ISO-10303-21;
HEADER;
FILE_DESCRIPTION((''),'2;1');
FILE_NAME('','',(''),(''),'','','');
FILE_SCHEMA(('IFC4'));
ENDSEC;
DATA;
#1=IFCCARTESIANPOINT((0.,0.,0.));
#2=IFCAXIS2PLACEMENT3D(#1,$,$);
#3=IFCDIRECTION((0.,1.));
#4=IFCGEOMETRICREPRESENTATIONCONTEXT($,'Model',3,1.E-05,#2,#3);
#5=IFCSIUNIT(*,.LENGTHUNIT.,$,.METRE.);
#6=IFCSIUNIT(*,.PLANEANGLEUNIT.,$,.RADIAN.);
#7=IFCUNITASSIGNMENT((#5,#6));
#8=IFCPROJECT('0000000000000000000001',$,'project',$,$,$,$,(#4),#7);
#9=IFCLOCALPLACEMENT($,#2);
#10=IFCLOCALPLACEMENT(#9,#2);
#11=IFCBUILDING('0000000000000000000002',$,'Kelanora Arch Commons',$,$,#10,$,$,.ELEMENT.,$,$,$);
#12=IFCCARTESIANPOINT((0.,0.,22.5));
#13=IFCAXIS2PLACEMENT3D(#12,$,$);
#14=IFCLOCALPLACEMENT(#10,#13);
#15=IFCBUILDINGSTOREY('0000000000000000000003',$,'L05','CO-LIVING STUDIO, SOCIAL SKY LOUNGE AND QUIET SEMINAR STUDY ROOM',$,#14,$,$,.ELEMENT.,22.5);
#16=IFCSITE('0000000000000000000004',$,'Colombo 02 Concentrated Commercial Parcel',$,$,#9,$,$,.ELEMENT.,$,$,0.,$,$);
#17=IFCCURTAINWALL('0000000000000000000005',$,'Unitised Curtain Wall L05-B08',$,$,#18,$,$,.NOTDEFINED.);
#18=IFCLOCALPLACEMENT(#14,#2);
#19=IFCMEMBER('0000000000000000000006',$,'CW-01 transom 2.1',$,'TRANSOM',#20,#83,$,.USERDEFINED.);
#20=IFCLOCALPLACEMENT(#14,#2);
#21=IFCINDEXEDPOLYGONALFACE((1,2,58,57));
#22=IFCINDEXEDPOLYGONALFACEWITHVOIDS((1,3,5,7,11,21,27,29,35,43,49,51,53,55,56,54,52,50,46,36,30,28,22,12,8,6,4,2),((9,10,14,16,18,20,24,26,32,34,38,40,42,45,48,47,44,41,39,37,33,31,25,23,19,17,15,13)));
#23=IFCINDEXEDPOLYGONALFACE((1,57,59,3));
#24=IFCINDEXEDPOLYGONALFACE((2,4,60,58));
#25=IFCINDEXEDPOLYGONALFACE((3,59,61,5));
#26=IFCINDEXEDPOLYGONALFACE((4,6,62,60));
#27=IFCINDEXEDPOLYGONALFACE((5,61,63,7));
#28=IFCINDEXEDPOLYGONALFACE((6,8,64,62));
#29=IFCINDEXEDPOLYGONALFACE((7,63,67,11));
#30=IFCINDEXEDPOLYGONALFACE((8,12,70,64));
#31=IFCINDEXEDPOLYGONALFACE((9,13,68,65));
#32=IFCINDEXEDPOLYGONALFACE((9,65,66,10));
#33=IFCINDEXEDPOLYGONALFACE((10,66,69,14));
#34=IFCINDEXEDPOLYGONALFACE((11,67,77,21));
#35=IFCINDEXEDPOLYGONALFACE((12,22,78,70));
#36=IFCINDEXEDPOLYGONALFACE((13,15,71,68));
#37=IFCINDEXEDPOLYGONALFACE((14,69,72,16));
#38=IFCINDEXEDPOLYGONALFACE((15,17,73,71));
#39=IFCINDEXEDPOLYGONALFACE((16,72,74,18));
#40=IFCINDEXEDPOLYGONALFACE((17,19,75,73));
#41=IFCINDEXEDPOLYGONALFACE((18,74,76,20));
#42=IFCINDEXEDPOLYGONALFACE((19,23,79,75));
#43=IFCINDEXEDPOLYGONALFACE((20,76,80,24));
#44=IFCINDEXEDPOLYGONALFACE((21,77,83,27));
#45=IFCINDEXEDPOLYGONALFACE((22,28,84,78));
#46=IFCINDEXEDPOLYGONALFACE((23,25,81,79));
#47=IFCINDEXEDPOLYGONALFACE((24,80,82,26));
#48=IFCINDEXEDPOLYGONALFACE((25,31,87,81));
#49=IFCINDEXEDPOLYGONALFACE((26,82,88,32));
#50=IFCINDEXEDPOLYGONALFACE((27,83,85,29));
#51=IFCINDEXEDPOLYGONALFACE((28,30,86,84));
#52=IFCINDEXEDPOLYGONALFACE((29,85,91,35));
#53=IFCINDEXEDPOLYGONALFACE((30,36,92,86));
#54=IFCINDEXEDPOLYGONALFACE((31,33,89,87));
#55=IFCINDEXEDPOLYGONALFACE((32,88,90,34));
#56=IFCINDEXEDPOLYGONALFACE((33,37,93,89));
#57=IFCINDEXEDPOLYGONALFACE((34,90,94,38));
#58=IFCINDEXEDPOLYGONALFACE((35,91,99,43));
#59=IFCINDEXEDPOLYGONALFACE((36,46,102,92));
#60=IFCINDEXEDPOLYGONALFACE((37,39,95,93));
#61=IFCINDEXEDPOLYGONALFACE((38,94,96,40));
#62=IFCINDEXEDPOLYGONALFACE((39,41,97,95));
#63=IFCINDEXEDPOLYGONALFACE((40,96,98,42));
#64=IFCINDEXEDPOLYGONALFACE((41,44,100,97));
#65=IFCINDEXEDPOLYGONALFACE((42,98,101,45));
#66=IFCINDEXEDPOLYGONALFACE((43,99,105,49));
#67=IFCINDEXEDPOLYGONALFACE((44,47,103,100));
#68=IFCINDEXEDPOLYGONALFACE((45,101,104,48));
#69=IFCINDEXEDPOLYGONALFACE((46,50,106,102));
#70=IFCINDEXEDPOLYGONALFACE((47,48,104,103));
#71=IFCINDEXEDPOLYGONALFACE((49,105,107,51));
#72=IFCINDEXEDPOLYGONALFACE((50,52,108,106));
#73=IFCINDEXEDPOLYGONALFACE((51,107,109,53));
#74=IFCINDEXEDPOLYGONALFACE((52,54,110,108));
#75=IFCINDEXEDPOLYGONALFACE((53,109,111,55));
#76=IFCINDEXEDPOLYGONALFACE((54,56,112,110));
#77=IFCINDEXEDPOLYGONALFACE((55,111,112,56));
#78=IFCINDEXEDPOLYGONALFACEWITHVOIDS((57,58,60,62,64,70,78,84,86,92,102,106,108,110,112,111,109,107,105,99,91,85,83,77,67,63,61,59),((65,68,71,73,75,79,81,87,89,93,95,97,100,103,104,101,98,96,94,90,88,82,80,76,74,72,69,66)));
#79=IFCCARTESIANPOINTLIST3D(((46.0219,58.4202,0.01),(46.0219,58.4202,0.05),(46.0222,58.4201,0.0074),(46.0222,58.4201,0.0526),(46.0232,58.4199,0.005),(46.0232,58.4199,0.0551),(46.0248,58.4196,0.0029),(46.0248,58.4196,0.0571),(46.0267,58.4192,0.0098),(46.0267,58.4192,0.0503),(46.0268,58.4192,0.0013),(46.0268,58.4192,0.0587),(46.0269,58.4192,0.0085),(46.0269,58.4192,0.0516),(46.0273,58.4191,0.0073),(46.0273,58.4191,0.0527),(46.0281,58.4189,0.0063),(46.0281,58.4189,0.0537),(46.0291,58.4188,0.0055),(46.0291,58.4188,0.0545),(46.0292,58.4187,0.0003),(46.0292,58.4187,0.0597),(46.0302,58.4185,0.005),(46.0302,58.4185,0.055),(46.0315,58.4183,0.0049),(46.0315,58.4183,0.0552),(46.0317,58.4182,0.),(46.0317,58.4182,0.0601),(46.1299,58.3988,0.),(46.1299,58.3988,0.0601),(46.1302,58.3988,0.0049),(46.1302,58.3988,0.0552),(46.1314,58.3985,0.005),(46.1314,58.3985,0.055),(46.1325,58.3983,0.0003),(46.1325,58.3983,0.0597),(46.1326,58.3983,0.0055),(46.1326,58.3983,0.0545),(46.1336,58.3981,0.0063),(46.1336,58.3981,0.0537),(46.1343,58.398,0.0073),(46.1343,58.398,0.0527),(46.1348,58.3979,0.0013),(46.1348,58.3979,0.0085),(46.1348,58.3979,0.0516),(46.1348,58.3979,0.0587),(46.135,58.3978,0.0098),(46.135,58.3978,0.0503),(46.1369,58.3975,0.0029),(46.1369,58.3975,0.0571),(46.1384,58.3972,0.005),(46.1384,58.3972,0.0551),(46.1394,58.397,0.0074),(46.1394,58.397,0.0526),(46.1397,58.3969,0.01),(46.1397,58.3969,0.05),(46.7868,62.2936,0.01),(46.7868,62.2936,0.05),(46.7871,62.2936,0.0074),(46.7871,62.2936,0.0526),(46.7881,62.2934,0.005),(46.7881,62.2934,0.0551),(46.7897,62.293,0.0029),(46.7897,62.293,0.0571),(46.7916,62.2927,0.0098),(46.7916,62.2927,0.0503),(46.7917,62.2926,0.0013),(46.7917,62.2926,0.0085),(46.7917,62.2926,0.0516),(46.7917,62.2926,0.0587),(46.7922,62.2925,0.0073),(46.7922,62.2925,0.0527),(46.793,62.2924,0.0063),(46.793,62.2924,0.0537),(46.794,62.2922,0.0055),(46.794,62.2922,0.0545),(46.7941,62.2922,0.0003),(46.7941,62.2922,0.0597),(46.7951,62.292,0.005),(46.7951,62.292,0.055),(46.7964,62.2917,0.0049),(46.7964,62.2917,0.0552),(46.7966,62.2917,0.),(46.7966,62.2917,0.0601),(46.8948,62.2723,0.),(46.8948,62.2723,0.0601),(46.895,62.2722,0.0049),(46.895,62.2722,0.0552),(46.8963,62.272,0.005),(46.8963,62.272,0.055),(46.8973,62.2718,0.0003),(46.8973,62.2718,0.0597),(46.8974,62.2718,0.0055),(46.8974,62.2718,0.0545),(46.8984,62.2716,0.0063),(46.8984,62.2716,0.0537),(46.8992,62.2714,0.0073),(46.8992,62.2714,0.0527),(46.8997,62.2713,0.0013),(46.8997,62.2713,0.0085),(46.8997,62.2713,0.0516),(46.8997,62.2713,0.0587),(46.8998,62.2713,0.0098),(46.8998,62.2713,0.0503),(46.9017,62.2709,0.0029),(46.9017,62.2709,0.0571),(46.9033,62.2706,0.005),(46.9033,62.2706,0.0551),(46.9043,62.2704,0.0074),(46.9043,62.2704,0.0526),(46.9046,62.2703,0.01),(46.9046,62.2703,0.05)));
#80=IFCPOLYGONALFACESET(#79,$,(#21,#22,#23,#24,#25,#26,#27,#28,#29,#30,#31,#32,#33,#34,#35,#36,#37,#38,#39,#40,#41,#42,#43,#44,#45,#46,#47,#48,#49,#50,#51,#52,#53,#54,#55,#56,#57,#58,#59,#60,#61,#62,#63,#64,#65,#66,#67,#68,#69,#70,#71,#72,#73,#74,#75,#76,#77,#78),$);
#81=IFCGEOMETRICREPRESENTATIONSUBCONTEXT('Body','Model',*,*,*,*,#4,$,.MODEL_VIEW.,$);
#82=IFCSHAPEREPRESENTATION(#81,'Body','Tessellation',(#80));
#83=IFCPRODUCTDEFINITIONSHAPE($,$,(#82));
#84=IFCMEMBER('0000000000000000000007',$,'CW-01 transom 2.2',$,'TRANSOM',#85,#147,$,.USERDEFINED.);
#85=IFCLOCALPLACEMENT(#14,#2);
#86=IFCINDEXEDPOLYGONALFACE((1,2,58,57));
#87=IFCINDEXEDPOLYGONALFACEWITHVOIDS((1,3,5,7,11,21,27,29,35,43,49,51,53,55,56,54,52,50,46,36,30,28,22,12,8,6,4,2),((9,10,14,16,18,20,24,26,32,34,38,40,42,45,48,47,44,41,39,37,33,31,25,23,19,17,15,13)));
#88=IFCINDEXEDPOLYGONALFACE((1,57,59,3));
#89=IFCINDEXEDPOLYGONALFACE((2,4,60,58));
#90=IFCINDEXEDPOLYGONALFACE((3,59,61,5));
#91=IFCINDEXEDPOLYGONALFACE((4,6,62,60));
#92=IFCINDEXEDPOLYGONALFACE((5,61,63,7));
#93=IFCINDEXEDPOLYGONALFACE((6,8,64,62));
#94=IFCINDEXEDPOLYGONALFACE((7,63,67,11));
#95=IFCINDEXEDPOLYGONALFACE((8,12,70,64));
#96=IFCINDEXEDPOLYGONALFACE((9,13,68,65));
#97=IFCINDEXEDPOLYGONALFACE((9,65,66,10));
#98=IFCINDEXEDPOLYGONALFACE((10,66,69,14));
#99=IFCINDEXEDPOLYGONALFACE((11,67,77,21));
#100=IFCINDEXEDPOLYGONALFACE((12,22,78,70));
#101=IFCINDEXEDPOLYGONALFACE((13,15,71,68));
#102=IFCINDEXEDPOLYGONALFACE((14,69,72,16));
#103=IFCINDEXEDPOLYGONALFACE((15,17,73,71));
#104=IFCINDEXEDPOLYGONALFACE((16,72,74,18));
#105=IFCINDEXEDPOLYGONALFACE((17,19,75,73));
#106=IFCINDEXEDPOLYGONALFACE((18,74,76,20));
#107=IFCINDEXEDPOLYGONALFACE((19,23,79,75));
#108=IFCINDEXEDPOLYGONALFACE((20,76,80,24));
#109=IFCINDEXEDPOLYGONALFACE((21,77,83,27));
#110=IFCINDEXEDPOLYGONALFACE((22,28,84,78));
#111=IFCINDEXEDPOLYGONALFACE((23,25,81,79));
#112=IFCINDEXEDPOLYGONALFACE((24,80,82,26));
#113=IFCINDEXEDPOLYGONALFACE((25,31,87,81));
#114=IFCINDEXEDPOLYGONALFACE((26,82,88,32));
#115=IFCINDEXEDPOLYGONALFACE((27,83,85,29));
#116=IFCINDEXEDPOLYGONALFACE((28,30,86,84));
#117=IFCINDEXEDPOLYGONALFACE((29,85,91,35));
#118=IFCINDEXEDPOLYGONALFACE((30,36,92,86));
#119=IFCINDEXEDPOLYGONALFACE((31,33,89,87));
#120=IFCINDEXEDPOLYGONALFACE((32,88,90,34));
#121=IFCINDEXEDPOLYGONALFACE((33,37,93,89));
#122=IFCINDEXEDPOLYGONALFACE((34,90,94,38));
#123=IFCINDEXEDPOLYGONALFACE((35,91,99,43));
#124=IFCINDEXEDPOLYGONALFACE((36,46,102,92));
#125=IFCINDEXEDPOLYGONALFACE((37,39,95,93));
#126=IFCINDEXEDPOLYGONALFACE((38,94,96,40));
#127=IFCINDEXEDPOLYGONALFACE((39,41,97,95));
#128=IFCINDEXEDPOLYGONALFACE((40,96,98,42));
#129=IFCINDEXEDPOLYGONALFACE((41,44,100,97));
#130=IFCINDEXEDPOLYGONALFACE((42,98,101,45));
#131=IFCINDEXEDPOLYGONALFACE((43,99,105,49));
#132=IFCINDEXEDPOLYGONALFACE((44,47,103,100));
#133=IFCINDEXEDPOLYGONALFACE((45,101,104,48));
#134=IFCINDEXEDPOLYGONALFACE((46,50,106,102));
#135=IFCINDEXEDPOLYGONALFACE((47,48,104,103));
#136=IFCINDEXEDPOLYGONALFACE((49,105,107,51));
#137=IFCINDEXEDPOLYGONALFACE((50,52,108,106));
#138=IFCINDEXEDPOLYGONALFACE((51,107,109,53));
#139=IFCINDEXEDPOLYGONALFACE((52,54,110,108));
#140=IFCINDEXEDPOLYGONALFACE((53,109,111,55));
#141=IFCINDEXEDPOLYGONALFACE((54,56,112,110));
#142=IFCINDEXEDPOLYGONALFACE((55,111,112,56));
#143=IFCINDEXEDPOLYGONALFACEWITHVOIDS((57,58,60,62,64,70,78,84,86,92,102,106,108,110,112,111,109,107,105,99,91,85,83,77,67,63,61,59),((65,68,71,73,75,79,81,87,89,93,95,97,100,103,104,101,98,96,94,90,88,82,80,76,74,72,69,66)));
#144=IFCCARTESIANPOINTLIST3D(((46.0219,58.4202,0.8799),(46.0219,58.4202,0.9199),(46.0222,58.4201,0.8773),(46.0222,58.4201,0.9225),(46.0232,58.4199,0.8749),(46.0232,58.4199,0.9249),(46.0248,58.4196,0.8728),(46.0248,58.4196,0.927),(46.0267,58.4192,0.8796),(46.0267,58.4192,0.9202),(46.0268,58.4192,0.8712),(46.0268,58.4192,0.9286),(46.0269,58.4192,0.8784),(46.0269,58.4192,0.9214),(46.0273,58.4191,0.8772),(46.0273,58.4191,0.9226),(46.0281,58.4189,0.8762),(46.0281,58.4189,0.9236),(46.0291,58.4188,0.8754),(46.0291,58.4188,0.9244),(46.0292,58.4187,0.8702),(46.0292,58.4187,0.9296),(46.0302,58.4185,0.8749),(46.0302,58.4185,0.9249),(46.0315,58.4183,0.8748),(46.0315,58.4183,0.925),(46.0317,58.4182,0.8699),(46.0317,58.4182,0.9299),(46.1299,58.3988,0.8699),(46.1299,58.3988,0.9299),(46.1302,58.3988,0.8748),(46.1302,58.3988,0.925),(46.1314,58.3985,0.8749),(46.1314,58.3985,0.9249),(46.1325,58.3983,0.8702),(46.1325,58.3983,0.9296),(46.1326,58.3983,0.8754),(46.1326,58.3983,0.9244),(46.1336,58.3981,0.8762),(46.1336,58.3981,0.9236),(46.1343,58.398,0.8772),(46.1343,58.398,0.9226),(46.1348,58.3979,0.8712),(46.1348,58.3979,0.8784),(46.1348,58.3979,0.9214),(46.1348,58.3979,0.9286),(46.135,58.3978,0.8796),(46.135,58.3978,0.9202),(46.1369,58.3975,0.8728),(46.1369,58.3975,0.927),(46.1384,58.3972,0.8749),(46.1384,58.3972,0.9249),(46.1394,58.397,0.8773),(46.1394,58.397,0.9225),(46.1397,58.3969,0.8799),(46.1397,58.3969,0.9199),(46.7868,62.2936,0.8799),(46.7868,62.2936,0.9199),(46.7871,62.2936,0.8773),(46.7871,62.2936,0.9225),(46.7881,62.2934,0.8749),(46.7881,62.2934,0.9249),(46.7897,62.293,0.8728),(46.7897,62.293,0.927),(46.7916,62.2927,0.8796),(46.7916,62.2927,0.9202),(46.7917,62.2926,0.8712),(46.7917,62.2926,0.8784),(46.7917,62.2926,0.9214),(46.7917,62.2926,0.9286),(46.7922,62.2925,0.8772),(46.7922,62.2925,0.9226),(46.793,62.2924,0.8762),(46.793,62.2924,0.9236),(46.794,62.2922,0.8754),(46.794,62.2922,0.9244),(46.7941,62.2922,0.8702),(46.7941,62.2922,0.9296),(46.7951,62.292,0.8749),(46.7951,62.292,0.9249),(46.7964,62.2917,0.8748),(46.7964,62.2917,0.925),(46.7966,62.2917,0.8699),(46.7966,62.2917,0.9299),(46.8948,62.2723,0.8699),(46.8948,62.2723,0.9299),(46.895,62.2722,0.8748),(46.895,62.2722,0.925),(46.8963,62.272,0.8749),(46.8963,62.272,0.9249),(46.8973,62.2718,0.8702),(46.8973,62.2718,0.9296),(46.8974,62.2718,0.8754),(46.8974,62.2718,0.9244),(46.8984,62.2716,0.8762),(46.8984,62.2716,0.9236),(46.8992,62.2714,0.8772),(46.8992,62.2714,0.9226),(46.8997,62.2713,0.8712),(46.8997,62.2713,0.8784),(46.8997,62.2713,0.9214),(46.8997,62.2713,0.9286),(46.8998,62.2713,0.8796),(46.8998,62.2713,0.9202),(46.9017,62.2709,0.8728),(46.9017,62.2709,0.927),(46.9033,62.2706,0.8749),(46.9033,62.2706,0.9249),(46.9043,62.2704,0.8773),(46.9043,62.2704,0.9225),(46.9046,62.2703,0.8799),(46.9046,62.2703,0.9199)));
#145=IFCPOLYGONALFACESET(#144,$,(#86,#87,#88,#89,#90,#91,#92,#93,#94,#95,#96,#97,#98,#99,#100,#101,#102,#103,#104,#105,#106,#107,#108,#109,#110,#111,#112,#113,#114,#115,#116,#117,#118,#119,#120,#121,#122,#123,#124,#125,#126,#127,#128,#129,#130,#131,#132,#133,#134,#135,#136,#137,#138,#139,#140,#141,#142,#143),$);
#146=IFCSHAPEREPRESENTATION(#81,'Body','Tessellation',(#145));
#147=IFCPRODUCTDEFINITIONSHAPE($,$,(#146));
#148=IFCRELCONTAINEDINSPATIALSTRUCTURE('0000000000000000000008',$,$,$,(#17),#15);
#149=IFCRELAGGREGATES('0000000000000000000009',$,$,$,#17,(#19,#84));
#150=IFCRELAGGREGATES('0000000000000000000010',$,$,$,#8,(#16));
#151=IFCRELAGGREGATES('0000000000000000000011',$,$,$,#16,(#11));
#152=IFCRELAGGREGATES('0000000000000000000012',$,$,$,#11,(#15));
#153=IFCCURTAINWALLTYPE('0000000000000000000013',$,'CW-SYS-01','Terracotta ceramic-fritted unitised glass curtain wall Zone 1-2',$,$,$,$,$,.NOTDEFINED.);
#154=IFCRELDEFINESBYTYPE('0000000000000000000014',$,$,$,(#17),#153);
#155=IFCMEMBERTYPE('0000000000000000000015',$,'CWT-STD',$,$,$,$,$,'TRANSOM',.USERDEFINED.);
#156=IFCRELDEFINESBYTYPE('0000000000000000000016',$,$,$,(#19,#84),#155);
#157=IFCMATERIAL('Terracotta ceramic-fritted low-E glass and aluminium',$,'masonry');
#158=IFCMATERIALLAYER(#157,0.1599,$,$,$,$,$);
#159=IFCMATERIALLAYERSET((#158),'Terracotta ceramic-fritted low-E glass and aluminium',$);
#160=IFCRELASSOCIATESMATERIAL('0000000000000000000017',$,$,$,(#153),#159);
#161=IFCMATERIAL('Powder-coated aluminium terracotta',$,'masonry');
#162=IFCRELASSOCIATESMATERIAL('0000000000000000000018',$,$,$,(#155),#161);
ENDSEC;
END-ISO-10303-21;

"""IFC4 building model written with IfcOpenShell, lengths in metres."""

from ifc_helpers import new_model, si_unit, direction, frame, origin, origin_2d, place, context, subcontext, project, spatial, hollow_rectangle, extrude, material, layer, layer_set, material_profile, profile_set, type_object, element, aggregate, save


model = new_model("IFC4")

# Units and contexts
model_context = context("Model", 3, precision=1e-05, world=origin(), true_north=direction((0.0, 1.0)))
body_context = subcontext(model_context, "Body", "Model", "MODEL_VIEW")
ifc_project = project(units=[si_unit("LENGTHUNIT", "METRE"), si_unit("PLANEANGLEUNIT", "RADIAN")], contexts=[model_context])

# Site, building, storey
site_placement = place(None, origin())
site = spatial("IfcSite", under=ifc_project, at=site_placement, Name="Colombo 02 Concentrated Commercial Parcel", CompositionType="ELEMENT", RefElevation=0.0)
building_placement = place(site_placement, origin())
building = spatial("IfcBuilding", under=site, at=building_placement, Name="Kelanora Arch Commons", CompositionType="ELEMENT")
storey_placement = place(building_placement, frame((0.0, 0.0, 22.5)))
storey = spatial("IfcBuildingStorey", under=building, at=storey_placement, Name="L05", Description="CO-LIVING STUDIO, SOCIAL SKY LOUNGE AND QUIET SEMINAR STUDY ROOM", CompositionType="ELEMENT", Elevation=22.5)

# Curtain wall, members
ifc_material_1 = material(Name="Terracotta ceramic-fritted low-E glass and aluminium", Category="masonry")
ifc_layer_1 = layer(ifc_material_1, 0.1599)
ifc_layer_set_1 = layer_set([ifc_layer_1], Name="Terracotta ceramic-fritted low-E glass and aluminium")
curtain_wall_type = type_object("IfcCurtainWallType", Name="CW-SYS-01", Description="Terracotta ceramic-fritted unitised glass curtain wall Zone 1-2", PredefinedType="NOTDEFINED", material=ifc_layer_set_1)
curtain_wall_placement = place(storey_placement, origin())
curtain_wall = element("IfcCurtainWall", 1, at=curtain_wall_placement, inside=storey, type_object=curtain_wall_type, Name="Unitised Curtain Wall L05-B08", PredefinedType="NOTDEFINED")
ifc_material_2 = material(Name="Powder-coated aluminium terracotta", Category="masonry")
ifc_material_profile_1 = material_profile(ifc_material_2, hollow_rectangle(XDim=0.1201, YDim=0.0601, WallThickness=0.0049, InnerFilletRadius=0.0049, OuterFilletRadius=0.01, at=origin_2d()), Name="CWT120x60")
ifc_profile_set_1 = profile_set([ifc_material_profile_1], Name="Powder-coated aluminium terracotta")
member_type_1 = type_object("IfcMemberType", Name="CWT-STD", ElementType="TRANSOM", PredefinedType="USERDEFINED", material=ifc_profile_set_1)
member_1_placement = place(storey_placement, frame((46.8457, 62.282, 0.03), z_axis=(-0.193725, -0.981056, 0.0), x_axis=(0.981056, -0.193725, 0.0)))
member_1 = element("IfcMember", 2, at=member_1_placement, type_object=member_type_1, Name="CW-01 transom 2.1", ObjectType="TRANSOM", PredefinedType="USERDEFINED", context=body_context, shape_type="SweptSolid", body=[
    extrude(hollow_rectangle(XDim=0.1201, YDim=0.0601, WallThickness=0.0049, InnerFilletRadius=0.0049, OuterFilletRadius=0.01, at=origin_2d()), origin(), (0.0, 0.0, 1.0), 3.9482),
])
member_2_placement = place(storey_placement, frame((46.8457, 62.282, 0.8999), z_axis=(-0.193725, -0.981056, 0.0), x_axis=(0.981056, -0.193725, 0.0)))
member_2 = element("IfcMember", 3, at=member_2_placement, type_object=member_type_1, Name="CW-01 transom 2.2", ObjectType="TRANSOM", PredefinedType="USERDEFINED", context=body_context, shape_type="SweptSolid", body=[
    extrude(hollow_rectangle(XDim=0.1201, YDim=0.0601, WallThickness=0.0049, InnerFilletRadius=0.0049, OuterFilletRadius=0.01, at=origin_2d()), origin(), (0.0, 0.0, 1.0), 3.9482),
])
aggregate(curtain_wall, [member_1, member_2])

save(model, "model.ifc")
